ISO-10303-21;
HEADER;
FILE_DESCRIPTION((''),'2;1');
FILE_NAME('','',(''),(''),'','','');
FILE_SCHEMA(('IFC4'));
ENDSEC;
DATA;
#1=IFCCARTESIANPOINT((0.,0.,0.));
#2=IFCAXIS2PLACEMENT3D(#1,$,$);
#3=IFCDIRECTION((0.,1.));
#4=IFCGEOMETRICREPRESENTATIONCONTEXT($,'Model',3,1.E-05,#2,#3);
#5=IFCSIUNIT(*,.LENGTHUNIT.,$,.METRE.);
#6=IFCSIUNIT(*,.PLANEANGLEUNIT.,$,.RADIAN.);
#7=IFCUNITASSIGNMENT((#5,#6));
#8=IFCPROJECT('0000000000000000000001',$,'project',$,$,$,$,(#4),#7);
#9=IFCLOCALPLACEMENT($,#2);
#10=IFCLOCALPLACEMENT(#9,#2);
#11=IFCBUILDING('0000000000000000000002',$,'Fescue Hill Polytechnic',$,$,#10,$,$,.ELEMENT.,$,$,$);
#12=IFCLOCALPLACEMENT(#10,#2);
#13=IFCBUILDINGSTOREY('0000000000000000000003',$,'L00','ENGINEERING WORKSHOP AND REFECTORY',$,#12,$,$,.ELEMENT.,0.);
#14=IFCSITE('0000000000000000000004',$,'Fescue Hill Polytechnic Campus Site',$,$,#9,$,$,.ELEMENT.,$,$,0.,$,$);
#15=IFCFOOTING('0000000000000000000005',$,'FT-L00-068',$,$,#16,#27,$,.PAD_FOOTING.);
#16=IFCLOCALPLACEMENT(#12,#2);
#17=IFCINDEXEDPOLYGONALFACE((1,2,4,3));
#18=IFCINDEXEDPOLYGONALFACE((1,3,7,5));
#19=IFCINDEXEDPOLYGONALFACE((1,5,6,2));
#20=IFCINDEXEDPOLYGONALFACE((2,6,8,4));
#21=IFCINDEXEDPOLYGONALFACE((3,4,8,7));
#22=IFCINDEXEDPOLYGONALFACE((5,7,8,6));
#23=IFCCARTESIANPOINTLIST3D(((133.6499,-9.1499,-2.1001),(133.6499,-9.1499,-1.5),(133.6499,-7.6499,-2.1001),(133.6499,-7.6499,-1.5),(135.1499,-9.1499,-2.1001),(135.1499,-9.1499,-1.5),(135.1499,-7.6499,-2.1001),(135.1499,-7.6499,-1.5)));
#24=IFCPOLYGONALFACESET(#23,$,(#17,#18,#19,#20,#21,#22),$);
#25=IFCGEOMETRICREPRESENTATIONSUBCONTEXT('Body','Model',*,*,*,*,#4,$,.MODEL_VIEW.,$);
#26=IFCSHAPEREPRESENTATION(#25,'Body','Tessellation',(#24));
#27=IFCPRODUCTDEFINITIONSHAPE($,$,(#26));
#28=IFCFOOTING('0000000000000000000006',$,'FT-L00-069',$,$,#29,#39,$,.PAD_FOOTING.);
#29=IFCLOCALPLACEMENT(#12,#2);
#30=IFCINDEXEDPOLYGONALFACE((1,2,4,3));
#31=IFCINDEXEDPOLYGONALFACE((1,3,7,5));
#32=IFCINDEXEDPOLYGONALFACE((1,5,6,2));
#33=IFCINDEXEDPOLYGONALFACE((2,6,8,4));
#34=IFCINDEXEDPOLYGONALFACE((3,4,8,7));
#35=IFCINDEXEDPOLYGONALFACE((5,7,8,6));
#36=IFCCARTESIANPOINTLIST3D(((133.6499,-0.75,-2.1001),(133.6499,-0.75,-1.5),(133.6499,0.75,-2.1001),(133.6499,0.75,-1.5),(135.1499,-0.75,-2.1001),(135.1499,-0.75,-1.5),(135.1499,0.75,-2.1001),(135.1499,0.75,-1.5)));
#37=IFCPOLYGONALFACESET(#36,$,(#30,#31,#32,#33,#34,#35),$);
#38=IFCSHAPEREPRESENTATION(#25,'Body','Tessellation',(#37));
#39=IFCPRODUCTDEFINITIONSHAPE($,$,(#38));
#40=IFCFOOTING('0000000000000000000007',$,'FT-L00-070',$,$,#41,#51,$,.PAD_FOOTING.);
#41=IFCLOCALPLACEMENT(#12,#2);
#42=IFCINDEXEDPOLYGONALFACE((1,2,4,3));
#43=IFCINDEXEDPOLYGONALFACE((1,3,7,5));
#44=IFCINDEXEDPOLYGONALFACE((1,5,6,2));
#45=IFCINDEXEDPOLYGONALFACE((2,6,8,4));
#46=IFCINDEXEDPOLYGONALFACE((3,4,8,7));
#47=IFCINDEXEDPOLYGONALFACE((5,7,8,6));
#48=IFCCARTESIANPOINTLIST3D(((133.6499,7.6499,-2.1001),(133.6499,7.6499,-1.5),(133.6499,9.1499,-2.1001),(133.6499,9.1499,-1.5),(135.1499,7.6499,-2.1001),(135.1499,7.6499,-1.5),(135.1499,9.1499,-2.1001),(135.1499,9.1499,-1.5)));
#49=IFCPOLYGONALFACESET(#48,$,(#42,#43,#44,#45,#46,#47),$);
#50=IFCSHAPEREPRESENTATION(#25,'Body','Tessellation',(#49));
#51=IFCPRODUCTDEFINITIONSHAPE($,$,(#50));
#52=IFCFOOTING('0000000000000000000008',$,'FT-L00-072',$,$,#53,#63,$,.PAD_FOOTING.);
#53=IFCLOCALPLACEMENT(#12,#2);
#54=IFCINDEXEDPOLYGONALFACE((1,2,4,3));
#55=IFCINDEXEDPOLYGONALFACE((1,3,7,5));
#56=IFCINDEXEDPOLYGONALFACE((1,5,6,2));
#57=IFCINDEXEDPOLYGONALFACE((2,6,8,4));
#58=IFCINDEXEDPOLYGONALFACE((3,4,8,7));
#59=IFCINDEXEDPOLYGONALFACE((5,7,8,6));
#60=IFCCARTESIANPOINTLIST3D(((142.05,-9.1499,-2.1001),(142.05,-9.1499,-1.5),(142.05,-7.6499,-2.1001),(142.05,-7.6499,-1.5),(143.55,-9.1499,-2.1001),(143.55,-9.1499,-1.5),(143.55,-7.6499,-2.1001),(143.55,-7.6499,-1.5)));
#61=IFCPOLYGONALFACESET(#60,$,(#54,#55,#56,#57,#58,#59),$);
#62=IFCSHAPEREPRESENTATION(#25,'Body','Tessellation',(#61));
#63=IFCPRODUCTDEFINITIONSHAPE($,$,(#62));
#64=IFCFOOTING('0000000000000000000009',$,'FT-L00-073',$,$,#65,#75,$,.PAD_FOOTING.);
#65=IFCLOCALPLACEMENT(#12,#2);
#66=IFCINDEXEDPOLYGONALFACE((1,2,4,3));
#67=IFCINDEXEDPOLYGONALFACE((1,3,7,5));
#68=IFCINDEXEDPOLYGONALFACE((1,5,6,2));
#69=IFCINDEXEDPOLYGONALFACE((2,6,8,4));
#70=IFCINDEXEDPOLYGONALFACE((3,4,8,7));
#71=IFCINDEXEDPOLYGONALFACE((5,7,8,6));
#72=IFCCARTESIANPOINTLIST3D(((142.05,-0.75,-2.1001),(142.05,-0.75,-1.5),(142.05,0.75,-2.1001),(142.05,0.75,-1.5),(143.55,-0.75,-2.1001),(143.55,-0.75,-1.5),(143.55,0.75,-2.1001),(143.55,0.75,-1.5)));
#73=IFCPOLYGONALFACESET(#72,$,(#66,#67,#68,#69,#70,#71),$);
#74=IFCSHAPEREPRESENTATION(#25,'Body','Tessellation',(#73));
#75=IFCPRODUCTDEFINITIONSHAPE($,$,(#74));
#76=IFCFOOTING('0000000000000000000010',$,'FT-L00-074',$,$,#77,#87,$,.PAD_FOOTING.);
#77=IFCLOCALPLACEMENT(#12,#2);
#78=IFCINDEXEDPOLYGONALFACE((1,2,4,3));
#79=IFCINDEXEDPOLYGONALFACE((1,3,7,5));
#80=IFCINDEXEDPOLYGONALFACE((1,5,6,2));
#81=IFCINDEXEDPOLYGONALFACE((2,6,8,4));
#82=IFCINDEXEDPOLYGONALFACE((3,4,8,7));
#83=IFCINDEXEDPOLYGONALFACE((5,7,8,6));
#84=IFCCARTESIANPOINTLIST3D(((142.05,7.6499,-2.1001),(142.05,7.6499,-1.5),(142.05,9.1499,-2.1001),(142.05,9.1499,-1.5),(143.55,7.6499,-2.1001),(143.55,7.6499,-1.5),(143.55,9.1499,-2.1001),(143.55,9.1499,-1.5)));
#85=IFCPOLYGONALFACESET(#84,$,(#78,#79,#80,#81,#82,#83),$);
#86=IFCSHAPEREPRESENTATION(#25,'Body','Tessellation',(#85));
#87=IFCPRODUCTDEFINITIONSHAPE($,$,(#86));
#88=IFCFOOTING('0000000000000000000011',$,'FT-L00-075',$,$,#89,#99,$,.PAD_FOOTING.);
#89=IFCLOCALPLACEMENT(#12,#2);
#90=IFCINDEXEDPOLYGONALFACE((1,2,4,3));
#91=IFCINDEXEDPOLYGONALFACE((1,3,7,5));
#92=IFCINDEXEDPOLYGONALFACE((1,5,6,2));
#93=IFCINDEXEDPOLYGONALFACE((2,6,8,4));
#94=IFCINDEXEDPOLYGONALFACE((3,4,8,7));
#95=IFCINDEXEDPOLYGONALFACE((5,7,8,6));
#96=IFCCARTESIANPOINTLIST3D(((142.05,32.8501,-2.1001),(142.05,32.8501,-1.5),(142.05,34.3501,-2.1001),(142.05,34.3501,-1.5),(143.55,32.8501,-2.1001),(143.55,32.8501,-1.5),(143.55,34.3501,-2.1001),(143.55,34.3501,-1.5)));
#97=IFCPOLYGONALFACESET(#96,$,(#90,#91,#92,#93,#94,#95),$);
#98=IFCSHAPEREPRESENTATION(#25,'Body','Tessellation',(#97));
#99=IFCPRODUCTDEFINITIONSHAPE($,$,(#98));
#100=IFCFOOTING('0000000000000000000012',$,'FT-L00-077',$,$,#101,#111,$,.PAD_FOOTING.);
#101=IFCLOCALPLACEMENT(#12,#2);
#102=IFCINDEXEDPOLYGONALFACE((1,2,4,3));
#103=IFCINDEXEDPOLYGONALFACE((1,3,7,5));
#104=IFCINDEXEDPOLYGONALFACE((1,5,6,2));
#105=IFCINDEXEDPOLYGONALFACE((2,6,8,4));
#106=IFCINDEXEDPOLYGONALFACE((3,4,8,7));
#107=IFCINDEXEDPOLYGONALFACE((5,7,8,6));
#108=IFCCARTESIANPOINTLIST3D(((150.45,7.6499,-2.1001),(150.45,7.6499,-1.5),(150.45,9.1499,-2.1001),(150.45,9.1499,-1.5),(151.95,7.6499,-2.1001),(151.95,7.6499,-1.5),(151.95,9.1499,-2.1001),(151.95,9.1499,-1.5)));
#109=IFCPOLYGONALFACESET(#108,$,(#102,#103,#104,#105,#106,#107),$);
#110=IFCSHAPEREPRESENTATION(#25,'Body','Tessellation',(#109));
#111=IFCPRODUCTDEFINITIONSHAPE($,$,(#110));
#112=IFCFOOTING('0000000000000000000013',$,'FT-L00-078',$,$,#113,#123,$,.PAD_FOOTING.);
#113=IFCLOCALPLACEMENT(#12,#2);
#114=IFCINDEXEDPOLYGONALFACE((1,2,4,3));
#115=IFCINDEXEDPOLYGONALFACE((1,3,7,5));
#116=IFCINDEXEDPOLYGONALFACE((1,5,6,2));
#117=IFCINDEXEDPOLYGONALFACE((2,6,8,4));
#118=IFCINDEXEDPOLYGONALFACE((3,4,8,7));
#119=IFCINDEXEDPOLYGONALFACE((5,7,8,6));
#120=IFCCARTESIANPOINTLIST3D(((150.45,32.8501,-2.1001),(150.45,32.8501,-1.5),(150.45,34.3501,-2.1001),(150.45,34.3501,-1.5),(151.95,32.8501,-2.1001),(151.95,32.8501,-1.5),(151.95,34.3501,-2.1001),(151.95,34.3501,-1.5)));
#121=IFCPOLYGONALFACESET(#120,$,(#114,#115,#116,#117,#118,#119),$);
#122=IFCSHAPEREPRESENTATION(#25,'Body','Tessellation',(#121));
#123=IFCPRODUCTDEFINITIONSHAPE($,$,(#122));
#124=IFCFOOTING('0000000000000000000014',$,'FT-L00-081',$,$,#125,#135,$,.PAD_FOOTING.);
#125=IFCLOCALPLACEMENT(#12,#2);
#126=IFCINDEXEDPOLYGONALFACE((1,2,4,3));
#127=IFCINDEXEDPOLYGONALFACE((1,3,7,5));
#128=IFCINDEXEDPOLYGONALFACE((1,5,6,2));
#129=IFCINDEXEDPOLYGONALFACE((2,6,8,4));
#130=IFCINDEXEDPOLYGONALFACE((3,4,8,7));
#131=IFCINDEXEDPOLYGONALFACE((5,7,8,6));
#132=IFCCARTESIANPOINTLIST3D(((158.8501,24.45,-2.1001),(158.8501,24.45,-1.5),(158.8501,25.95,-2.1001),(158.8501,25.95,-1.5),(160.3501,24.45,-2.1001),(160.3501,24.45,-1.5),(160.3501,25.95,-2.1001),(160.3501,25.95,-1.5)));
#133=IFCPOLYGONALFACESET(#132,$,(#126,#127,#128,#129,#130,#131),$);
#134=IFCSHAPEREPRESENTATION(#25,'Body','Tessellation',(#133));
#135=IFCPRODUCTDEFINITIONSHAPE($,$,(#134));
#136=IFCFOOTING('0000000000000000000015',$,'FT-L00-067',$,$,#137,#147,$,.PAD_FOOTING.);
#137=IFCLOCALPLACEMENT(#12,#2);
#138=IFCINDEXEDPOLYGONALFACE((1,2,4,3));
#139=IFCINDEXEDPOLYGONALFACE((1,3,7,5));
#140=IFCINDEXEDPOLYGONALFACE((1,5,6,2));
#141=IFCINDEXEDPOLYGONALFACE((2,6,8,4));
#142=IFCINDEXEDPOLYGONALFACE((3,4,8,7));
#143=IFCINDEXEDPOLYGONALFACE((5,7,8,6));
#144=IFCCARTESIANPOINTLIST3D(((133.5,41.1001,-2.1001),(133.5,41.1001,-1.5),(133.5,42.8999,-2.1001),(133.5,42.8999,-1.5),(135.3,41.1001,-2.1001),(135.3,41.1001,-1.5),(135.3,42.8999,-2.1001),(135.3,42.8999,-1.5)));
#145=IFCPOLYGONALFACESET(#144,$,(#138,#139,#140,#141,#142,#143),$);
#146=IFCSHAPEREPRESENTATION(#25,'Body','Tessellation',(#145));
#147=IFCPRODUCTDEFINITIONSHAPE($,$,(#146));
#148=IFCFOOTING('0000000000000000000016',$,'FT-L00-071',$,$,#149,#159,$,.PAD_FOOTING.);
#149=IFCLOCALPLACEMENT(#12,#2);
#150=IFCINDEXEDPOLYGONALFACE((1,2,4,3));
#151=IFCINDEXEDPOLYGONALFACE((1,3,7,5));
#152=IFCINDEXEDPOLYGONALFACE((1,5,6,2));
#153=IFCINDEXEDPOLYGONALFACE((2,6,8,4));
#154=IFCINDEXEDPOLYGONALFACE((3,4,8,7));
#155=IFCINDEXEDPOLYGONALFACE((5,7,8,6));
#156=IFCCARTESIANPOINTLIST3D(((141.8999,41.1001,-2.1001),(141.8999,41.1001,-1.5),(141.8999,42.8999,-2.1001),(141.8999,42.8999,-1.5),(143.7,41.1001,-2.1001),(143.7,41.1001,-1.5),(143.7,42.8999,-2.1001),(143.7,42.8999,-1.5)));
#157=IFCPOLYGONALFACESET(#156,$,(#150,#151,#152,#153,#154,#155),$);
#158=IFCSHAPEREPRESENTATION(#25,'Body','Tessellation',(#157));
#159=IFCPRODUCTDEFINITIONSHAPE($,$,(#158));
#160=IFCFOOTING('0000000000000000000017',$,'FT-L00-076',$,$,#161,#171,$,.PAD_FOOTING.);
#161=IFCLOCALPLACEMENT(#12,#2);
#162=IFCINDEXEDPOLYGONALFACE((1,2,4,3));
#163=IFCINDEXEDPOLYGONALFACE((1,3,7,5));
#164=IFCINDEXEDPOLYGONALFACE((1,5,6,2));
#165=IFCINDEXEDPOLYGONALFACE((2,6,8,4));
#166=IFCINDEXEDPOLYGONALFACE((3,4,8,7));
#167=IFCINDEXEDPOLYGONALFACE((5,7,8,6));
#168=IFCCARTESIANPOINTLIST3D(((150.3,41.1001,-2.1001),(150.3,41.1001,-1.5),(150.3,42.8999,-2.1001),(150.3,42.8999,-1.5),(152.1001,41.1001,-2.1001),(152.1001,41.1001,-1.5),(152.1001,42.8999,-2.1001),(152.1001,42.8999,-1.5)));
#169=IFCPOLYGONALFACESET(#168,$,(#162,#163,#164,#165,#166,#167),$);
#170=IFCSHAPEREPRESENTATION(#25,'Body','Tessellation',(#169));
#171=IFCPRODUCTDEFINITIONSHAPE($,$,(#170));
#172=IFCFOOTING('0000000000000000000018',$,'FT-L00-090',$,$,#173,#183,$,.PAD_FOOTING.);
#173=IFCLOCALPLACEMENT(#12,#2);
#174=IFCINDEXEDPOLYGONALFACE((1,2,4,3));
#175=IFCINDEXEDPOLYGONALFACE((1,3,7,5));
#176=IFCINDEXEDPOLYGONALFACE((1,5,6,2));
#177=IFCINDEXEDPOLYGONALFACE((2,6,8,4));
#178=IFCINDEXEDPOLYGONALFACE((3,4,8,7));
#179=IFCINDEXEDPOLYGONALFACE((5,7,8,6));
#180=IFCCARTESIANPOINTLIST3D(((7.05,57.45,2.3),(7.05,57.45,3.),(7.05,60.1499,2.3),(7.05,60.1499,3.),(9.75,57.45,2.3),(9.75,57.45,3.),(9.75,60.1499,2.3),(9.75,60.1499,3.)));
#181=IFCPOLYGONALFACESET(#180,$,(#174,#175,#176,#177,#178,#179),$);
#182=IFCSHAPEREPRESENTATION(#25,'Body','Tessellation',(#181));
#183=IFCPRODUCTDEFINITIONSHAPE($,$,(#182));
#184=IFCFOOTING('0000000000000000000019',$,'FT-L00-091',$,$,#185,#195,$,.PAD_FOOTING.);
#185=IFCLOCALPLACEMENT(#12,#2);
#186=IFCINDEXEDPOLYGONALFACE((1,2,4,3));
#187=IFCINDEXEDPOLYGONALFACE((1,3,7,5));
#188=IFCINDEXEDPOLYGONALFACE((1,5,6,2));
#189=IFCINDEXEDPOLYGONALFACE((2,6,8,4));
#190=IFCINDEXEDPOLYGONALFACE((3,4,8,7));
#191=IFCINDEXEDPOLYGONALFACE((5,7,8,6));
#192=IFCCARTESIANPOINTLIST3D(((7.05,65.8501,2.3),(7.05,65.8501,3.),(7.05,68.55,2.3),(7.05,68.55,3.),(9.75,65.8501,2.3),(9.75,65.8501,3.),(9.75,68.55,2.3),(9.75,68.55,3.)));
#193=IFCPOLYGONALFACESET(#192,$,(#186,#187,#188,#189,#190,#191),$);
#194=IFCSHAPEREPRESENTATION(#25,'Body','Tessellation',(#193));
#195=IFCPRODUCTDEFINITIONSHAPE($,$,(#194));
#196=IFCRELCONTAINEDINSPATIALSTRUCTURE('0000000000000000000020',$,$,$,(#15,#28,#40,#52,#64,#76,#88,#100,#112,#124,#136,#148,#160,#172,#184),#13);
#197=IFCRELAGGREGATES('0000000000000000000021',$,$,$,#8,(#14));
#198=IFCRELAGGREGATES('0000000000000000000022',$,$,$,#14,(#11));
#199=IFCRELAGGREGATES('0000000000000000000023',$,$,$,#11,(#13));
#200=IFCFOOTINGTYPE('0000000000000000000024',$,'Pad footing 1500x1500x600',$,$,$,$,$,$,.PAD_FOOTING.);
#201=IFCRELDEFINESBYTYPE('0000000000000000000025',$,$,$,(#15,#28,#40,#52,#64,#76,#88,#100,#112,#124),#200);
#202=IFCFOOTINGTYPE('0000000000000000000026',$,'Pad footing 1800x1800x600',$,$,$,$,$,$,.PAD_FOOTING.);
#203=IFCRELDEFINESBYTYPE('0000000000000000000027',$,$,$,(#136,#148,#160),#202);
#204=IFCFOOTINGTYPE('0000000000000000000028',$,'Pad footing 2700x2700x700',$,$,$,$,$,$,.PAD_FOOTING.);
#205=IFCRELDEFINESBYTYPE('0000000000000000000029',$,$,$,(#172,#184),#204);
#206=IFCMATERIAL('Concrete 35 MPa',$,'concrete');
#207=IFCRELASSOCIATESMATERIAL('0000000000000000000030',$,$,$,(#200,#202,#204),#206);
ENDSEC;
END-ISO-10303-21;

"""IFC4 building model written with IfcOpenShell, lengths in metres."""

from ifc_helpers import new_model, si_unit, direction, frame, origin, place, context, subcontext, project, spatial, polyline, outline, extrude, material, type_object, element, save


model = new_model("IFC4")

# Units and contexts
model_context = context("Model", 3, precision=1e-05, world=origin(), true_north=direction((0.0, 1.0)))
body_context = subcontext(model_context, "Body", "Model", "MODEL_VIEW")
ifc_project = project(units=[si_unit("LENGTHUNIT", "METRE"), si_unit("PLANEANGLEUNIT", "RADIAN")], contexts=[model_context])

# Site, building, storey
site_placement = place(None, origin())
site = spatial("IfcSite", under=ifc_project, at=site_placement, Name="Fescue Hill Polytechnic Campus Site", CompositionType="ELEMENT", RefElevation=0.0)
building_placement = place(site_placement, origin())
building = spatial("IfcBuilding", under=site, at=building_placement, Name="Fescue Hill Polytechnic", CompositionType="ELEMENT")
storey_placement = place(building_placement, origin())
storey = spatial("IfcBuildingStorey", under=building, at=storey_placement, Name="L00", Description="ENGINEERING WORKSHOP AND REFECTORY", CompositionType="ELEMENT", Elevation=0.0)

# Footings
ifc_material = material(Name="Concrete 35 MPa", Category="concrete")
footing_type_1 = type_object("IfcFootingType", Name="Pad footing 1500x1500x600", PredefinedType="PAD_FOOTING", material=ifc_material)
footing_1_placement = place(storey_placement, frame((0.0, 0.0, -2.1001)))
element("IfcFooting", 1, at=footing_1_placement, inside=storey, type_object=footing_type_1, Name="FT-L00-068", PredefinedType="PAD_FOOTING", context=body_context, shape_type="SweptSolid", body=[
    extrude(outline(polyline([(135.1499, -9.1499), (135.1499, -7.6499), (133.6499, -7.6499), (133.6499, -9.1499), (135.1499, -9.1499)])), origin(), (0.0, 0.0, 1.0), 0.6001),
])
footing_2_placement = place(storey_placement, frame((0.0, 0.0, -2.1001)))
element("IfcFooting", 2, at=footing_2_placement, inside=storey, type_object=footing_type_1, Name="FT-L00-069", PredefinedType="PAD_FOOTING", context=body_context, shape_type="SweptSolid", body=[
    extrude(outline(polyline([(135.1499, -0.75), (135.1499, 0.75), (133.6499, 0.75), (133.6499, -0.75), (135.1499, -0.75)])), origin(), (0.0, 0.0, 1.0), 0.6001),
])
footing_3_placement = place(storey_placement, frame((0.0, 0.0, -2.1001)))
element("IfcFooting", 3, at=footing_3_placement, inside=storey, type_object=footing_type_1, Name="FT-L00-070", PredefinedType="PAD_FOOTING", context=body_context, shape_type="SweptSolid", body=[
    extrude(outline(polyline([(135.1499, 7.6499), (135.1499, 9.1499), (133.6499, 9.1499), (133.6499, 7.6499), (135.1499, 7.6499)])), origin(), (0.0, 0.0, 1.0), 0.6001),
])
footing_4_placement = place(storey_placement, frame((0.0, 0.0, -2.1001)))
element("IfcFooting", 4, at=footing_4_placement, inside=storey, type_object=footing_type_1, Name="FT-L00-072", PredefinedType="PAD_FOOTING", context=body_context, shape_type="SweptSolid", body=[
    extrude(outline(polyline([(143.55, -9.1499), (143.55, -7.6499), (142.05, -7.6499), (142.05, -9.1499), (143.55, -9.1499)])), origin(), (0.0, 0.0, 1.0), 0.6001),
])
footing_5_placement = place(storey_placement, frame((0.0, 0.0, -2.1001)))
element("IfcFooting", 5, at=footing_5_placement, inside=storey, type_object=footing_type_1, Name="FT-L00-073", PredefinedType="PAD_FOOTING", context=body_context, shape_type="SweptSolid", body=[
    extrude(outline(polyline([(143.55, -0.75), (143.55, 0.75), (142.05, 0.75), (142.05, -0.75), (143.55, -0.75)])), origin(), (0.0, 0.0, 1.0), 0.6001),
])
footing_6_placement = place(storey_placement, frame((0.0, 0.0, -2.1001)))
element("IfcFooting", 6, at=footing_6_placement, inside=storey, type_object=footing_type_1, Name="FT-L00-074", PredefinedType="PAD_FOOTING", context=body_context, shape_type="SweptSolid", body=[
    extrude(outline(polyline([(143.55, 7.6499), (143.55, 9.1499), (142.05, 9.1499), (142.05, 7.6499), (143.55, 7.6499)])), origin(), (0.0, 0.0, 1.0), 0.6001),
])
footing_7_placement = place(storey_placement, frame((0.0, 0.0, -2.1001)))
element("IfcFooting", 7, at=footing_7_placement, inside=storey, type_object=footing_type_1, Name="FT-L00-075", PredefinedType="PAD_FOOTING", context=body_context, shape_type="SweptSolid", body=[
    extrude(outline(polyline([(143.55, 32.8501), (143.55, 34.3501), (142.05, 34.3501), (142.05, 32.8501), (143.55, 32.8501)])), origin(), (0.0, 0.0, 1.0), 0.6001),
])
footing_8_placement = place(storey_placement, frame((0.0, 0.0, -2.1001)))
element("IfcFooting", 8, at=footing_8_placement, inside=storey, type_object=footing_type_1, Name="FT-L00-077", PredefinedType="PAD_FOOTING", context=body_context, shape_type="SweptSolid", body=[
    extrude(outline(polyline([(151.95, 7.6499), (151.95, 9.1499), (150.45, 9.1499), (150.45, 7.6499), (151.95, 7.6499)])), origin(), (0.0, 0.0, 1.0), 0.6001),
])
footing_9_placement = place(storey_placement, frame((0.0, 0.0, -2.1001)))
element("IfcFooting", 9, at=footing_9_placement, inside=storey, type_object=footing_type_1, Name="FT-L00-078", PredefinedType="PAD_FOOTING", context=body_context, shape_type="SweptSolid", body=[
    extrude(outline(polyline([(151.95, 32.8501), (151.95, 34.3501), (150.45, 34.3501), (150.45, 32.8501), (151.95, 32.8501)])), origin(), (0.0, 0.0, 1.0), 0.6001),
])
footing_10_placement = place(storey_placement, frame((0.0, 0.0, -2.1001)))
element("IfcFooting", 10, at=footing_10_placement, inside=storey, type_object=footing_type_1, Name="FT-L00-081", PredefinedType="PAD_FOOTING", context=body_context, shape_type="SweptSolid", body=[
    extrude(outline(polyline([(160.3501, 24.45), (160.3501, 25.95), (158.8501, 25.95), (158.8501, 24.45), (160.3501, 24.45)])), origin(), (0.0, 0.0, 1.0), 0.6001),
])
footing_type_2 = type_object("IfcFootingType", Name="Pad footing 1800x1800x600", PredefinedType="PAD_FOOTING", material=ifc_material)
footing_11_placement = place(storey_placement, frame((0.0, 0.0, -2.1001)))
element("IfcFooting", 11, at=footing_11_placement, inside=storey, type_object=footing_type_2, Name="FT-L00-067", PredefinedType="PAD_FOOTING", context=body_context, shape_type="SweptSolid", body=[
    extrude(outline(polyline([(135.3, 41.1001), (135.3, 42.8999), (133.5, 42.8999), (133.5, 41.1001), (135.3, 41.1001)])), origin(), (0.0, 0.0, 1.0), 0.6001),
])
footing_12_placement = place(storey_placement, frame((0.0, 0.0, -2.1001)))
element("IfcFooting", 12, at=footing_12_placement, inside=storey, type_object=footing_type_2, Name="FT-L00-071", PredefinedType="PAD_FOOTING", context=body_context, shape_type="SweptSolid", body=[
    extrude(outline(polyline([(143.7, 41.1001), (143.7, 42.8999), (141.8999, 42.8999), (141.8999, 41.1001), (143.7, 41.1001)])), origin(), (0.0, 0.0, 1.0), 0.6001),
])
footing_13_placement = place(storey_placement, frame((0.0, 0.0, -2.1001)))
element("IfcFooting", 13, at=footing_13_placement, inside=storey, type_object=footing_type_2, Name="FT-L00-076", PredefinedType="PAD_FOOTING", context=body_context, shape_type="SweptSolid", body=[
    extrude(outline(polyline([(152.1001, 41.1001), (152.1001, 42.8999), (150.3, 42.8999), (150.3, 41.1001), (152.1001, 41.1001)])), origin(), (0.0, 0.0, 1.0), 0.6001),
])
footing_type_3 = type_object("IfcFootingType", Name="Pad footing 2700x2700x700", PredefinedType="PAD_FOOTING", material=ifc_material)
footing_14_placement = place(storey_placement, frame((0.0, 0.0, 2.3)))
element("IfcFooting", 14, at=footing_14_placement, inside=storey, type_object=footing_type_3, Name="FT-L00-090", PredefinedType="PAD_FOOTING", context=body_context, shape_type="SweptSolid", body=[
    extrude(outline(polyline([(9.75, 57.45), (9.75, 60.1499), (7.05, 60.1499), (7.05, 57.45), (9.75, 57.45)])), origin(), (0.0, 0.0, 1.0), 0.7),
])
footing_15_placement = place(storey_placement, frame((0.0, 0.0, 2.3)))
element("IfcFooting", 15, at=footing_15_placement, inside=storey, type_object=footing_type_3, Name="FT-L00-091", PredefinedType="PAD_FOOTING", context=body_context, shape_type="SweptSolid", body=[
    extrude(outline(polyline([(9.75, 65.8501), (9.75, 68.55), (7.05, 68.55), (7.05, 65.8501), (9.75, 65.8501)])), origin(), (0.0, 0.0, 1.0), 0.7),
])

save(model, "model.ifc")
